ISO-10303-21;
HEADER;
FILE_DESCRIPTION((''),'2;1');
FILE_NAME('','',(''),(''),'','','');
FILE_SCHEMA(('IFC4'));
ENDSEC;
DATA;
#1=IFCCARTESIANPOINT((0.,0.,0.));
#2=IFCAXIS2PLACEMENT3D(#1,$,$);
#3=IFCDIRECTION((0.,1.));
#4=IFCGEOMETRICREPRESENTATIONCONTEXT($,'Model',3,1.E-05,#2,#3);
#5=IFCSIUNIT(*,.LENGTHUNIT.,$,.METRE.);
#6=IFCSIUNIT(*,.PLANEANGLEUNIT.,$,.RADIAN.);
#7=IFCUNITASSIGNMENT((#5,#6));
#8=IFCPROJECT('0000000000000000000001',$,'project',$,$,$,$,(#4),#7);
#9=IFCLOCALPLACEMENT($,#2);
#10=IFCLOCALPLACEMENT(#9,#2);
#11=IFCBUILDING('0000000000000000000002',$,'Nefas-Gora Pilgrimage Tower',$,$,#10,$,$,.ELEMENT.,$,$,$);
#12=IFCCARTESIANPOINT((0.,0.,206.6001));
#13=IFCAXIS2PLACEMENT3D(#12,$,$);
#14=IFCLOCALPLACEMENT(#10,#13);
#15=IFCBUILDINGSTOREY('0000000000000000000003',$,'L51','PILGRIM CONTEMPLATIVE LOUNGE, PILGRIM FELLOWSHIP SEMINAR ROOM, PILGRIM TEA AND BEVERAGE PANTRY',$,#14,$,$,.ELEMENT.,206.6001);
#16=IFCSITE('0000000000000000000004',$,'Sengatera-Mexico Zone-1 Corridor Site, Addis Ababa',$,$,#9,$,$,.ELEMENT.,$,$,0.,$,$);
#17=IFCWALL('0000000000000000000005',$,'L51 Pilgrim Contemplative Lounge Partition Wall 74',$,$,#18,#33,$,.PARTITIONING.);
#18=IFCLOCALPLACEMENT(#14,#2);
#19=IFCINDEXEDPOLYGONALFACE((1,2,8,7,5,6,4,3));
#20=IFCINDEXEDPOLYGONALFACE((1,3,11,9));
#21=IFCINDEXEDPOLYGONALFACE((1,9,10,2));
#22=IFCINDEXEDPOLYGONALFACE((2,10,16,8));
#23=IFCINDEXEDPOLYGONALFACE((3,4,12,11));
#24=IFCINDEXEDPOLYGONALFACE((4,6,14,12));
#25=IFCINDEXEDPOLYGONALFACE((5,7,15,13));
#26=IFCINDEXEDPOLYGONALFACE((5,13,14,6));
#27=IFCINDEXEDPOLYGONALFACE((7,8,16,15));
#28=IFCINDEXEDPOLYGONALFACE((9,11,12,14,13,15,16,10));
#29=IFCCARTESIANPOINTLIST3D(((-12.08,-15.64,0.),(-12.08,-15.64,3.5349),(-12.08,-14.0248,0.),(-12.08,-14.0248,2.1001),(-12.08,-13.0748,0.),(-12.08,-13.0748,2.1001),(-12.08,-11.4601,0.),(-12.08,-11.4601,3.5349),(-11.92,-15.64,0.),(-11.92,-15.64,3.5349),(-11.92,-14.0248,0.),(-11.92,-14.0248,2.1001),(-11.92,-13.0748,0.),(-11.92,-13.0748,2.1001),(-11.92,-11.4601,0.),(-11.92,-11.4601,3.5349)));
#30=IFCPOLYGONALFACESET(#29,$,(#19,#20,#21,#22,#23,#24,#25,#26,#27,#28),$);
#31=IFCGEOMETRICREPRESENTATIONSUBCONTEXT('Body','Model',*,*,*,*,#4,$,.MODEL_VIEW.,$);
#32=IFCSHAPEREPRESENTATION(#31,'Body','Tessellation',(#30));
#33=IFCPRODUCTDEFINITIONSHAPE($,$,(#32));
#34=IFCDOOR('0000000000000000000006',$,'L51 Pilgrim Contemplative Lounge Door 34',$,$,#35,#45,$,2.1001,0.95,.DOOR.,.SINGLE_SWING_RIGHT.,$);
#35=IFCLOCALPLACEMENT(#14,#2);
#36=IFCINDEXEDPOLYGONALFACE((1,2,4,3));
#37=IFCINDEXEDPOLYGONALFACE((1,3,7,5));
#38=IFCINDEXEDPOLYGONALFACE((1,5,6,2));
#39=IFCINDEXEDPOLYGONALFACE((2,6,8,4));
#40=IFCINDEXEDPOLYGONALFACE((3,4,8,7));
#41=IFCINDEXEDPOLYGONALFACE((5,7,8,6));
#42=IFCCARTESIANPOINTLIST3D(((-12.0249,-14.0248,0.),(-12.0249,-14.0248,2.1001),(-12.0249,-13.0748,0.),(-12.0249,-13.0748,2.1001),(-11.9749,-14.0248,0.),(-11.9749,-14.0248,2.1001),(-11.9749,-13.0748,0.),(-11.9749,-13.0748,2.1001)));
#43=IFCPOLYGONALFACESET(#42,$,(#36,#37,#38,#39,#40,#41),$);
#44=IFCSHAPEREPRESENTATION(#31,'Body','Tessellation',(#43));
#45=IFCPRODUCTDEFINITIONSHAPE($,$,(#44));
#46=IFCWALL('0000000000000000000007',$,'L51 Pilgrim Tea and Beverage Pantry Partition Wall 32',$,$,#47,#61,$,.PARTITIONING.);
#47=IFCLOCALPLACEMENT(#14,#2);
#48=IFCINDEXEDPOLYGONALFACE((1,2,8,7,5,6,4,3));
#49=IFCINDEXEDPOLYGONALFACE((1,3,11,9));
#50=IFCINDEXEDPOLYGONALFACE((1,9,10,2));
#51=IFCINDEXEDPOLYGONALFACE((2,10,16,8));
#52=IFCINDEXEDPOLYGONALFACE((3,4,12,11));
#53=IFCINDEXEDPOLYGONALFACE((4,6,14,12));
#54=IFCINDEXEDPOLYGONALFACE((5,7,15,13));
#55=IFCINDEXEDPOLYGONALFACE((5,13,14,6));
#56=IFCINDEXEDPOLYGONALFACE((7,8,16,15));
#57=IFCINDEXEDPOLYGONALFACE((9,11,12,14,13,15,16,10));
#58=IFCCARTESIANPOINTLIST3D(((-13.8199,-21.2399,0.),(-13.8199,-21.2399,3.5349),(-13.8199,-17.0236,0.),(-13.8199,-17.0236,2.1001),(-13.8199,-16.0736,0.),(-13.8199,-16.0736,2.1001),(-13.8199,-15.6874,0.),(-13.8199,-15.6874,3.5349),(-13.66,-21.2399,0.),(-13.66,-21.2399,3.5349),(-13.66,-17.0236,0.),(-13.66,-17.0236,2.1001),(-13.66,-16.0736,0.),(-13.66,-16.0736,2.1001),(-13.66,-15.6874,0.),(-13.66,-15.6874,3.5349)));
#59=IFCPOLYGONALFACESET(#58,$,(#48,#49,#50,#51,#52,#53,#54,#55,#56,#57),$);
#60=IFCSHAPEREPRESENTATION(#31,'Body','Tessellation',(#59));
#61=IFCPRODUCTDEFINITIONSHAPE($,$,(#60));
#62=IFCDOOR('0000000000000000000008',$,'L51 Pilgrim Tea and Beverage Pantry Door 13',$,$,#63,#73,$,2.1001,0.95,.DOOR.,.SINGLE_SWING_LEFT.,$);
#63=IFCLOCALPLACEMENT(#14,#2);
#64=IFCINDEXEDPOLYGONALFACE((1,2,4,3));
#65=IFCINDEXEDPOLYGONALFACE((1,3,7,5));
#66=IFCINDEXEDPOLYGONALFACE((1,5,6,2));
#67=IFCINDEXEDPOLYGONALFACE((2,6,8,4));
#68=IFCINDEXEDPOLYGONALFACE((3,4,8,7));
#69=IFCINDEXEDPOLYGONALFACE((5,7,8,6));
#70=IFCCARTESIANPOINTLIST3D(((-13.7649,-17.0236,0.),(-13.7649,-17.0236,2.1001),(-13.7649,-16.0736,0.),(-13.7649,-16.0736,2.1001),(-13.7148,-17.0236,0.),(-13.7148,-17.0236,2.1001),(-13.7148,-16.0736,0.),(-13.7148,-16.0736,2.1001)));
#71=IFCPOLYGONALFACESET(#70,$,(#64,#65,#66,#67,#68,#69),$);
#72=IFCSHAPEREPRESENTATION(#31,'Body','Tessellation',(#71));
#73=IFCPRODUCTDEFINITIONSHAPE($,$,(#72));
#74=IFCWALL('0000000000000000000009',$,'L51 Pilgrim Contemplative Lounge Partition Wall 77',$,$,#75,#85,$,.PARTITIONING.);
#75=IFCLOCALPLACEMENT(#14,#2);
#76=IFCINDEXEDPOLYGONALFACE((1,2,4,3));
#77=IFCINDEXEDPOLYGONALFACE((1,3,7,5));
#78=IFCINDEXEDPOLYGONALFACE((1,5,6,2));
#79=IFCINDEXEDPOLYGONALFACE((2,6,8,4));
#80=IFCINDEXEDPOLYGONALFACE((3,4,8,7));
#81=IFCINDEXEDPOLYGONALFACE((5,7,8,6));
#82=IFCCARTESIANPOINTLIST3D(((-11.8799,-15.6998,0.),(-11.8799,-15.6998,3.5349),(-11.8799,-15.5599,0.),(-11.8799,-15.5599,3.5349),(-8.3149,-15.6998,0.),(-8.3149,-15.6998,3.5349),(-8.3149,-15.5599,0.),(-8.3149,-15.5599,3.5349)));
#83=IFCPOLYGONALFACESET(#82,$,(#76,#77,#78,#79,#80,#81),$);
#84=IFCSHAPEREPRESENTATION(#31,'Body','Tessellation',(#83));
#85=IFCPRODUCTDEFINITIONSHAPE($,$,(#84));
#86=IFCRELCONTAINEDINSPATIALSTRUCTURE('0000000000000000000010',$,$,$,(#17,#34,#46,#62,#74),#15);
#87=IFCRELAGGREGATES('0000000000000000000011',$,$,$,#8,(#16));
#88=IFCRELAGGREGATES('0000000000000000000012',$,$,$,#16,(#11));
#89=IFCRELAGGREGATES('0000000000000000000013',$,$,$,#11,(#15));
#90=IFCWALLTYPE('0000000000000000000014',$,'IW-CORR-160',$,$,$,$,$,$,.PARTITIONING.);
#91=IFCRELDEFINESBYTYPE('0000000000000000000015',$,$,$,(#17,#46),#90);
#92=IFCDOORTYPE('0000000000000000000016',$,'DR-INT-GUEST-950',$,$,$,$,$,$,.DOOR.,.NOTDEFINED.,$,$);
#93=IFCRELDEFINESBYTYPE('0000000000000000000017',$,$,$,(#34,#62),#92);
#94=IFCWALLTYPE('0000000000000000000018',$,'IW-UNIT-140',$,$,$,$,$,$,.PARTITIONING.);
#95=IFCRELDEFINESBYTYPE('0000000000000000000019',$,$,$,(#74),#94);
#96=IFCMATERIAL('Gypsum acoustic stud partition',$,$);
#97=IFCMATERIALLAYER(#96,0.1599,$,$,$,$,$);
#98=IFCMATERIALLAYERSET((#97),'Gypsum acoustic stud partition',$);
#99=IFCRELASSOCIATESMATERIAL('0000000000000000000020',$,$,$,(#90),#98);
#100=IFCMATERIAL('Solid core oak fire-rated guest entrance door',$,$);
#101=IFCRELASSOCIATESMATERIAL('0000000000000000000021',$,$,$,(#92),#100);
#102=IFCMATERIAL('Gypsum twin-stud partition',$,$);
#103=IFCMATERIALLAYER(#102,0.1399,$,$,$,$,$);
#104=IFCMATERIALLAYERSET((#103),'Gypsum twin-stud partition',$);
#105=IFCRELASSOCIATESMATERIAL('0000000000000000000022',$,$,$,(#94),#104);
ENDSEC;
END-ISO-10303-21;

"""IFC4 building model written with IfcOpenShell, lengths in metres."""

from ifc_helpers import new_model, si_unit, direction, frame, frame_2d, origin, place, context, subcontext, project, spatial, rectangle, extrude, source, transform, mapped, material, layer, layer_set, type_object, element, fill, save


model = new_model("IFC4")

# Units and contexts
model_context = context("Model", 3, precision=1e-05, world=origin(), true_north=direction((0.0, 1.0)))
body_context = subcontext(model_context, "Body", "Model", "MODEL_VIEW")
ifc_project = project(units=[si_unit("LENGTHUNIT", "METRE"), si_unit("PLANEANGLEUNIT", "RADIAN")], contexts=[model_context])

# Site, building, storey
site_placement = place(None, origin())
site = spatial("IfcSite", under=ifc_project, at=site_placement, Name="Sengatera-Mexico Zone-1 Corridor Site, Addis Ababa", CompositionType="ELEMENT", RefElevation=0.0)
building_placement = place(site_placement, origin())
building = spatial("IfcBuilding", under=site, at=building_placement, Name="Nefas-Gora Pilgrimage Tower", CompositionType="ELEMENT")
storey_placement = place(building_placement, frame((0.0, 0.0, 206.6001)))
storey = spatial("IfcBuildingStorey", under=building, at=storey_placement, Name="L51", Description="PILGRIM CONTEMPLATIVE LOUNGE, PILGRIM FELLOWSHIP SEMINAR ROOM, PILGRIM TEA AND BEVERAGE PANTRY", CompositionType="ELEMENT", Elevation=206.6001)

# Shared definitions
ifc_material_1 = material(Name="Gypsum acoustic stud partition")
ifc_layer_1 = layer(ifc_material_1, 0.1599)
ifc_layer_set_1 = layer_set([ifc_layer_1], Name="Gypsum acoustic stud partition")
wall_type_1 = type_object("IfcWallType", Name="IW-CORR-160", PredefinedType="PARTITIONING", material=ifc_layer_set_1)
ifc_material_2 = material(Name="Solid core oak fire-rated guest entrance door")
door_type = type_object("IfcDoorType", Name="DR-INT-GUEST-950", OperationType="NOTDEFINED", PredefinedType="DOOR", material=ifc_material_2)
shared_shape_1 = source(origin(), body_context, "Body", "SweptSolid", [
    extrude(rectangle(XDim=0.95, YDim=2.1001, at=frame_2d((0.4751, 1.05))), frame((0.0, 0.0249, 0.0), z_axis=(0.0, -1.0, 0.0), x_axis=(1.0, 0.0, 0.0)), (0.0, 0.0, 1.0), 0.05),
])

# Shared definitions
ifc_material_3 = material(Name="Gypsum twin-stud partition")
ifc_layer_2 = layer(ifc_material_3, 0.1399)
ifc_layer_set_2 = layer_set([ifc_layer_2], Name="Gypsum twin-stud partition")
wall_type_2 = type_object("IfcWallType", Name="IW-UNIT-140", PredefinedType="PARTITIONING", material=ifc_layer_set_2)

# Walls, openings, doors
shared_shape_2 = source(origin(), body_context, "Body", "SweptSolid", [
    extrude(rectangle(XDim=4.1799, YDim=0.1599, at=frame_2d((2.0898, 0.0))), origin(), (0.0, 0.0, 1.0), 3.5349),
])
wall_1_placement = place(storey_placement, frame((-12.0, -15.6399, 0.0), z_axis=(0.0, 0.0, 1.0), x_axis=(0.0, 1.0, 0.0)))
wall_1 = element("IfcWall", 1, at=wall_1_placement, inside=storey, type_object=wall_type_1, Name="L51 Pilgrim Contemplative Lounge Partition Wall 74", PredefinedType="PARTITIONING", context=body_context, shape_type="MappedRepresentation", body=[
    mapped(shared_shape_2, transform((0.0, 0.0, 0.0), x_axis=(1.0, 0.0, 0.0), y_axis=(0.0, 1.0, 0.0), z_axis=(0.0, 0.0, 1.0), scale=1.0)),
])
opening_1_placement = place(wall_1_placement, frame((1.615, 0.0, 0.0)))
opening_1 = element("IfcOpeningElement", 2, at=opening_1_placement, cuts=wall_1, PredefinedType="OPENING", context=body_context, shape_type="SweptSolid", body=[
    extrude(rectangle(XDim=0.95, YDim=2.1001, at=frame_2d((0.4751, 1.05))), frame((0.0, 0.0898, 0.0), z_axis=(0.0, -1.0, 0.0), x_axis=(1.0, 0.0, 0.0)), (0.0, 0.0, 1.0), 0.1799),
])
door_1_placement = place(opening_1_placement, origin())
door_1 = element("IfcDoor", 3, at=door_1_placement, inside=storey, type_object=door_type, Name="L51 Pilgrim Contemplative Lounge Door 34", OperationType="SINGLE_SWING_RIGHT", OverallHeight=2.1001, OverallWidth=0.95, PredefinedType="DOOR", context=body_context, shape_type="MappedRepresentation", body=[
    mapped(shared_shape_1, transform((0.0, 0.0, 0.0), x_axis=(1.0, 0.0, 0.0), y_axis=(0.0, 1.0, 0.0), z_axis=(0.0, 0.0, 1.0), scale=1.0)),
])
fill(opening_1, door_1)
shared_shape_3 = source(origin(), body_context, "Body", "SweptSolid", [
    extrude(rectangle(XDim=5.5525, YDim=0.1599, at=frame_2d((2.7764, 0.0))), origin(), (0.0, 0.0, 1.0), 3.5349),
])
wall_2_placement = place(storey_placement, frame((-13.74, -21.24, 0.0), z_axis=(0.0, 0.0, 1.0), x_axis=(0.0, 1.0, 0.0)))
wall_2 = element("IfcWall", 4, at=wall_2_placement, inside=storey, type_object=wall_type_1, Name="L51 Pilgrim Tea and Beverage Pantry Partition Wall 32", PredefinedType="PARTITIONING", context=body_context, shape_type="MappedRepresentation", body=[
    mapped(shared_shape_3, transform((0.0, 0.0, 0.0), x_axis=(1.0, 0.0, 0.0), y_axis=(0.0, 1.0, 0.0), z_axis=(0.0, 0.0, 1.0), scale=1.0)),
])
opening_2_placement = place(wall_2_placement, frame((4.2163, 0.0, 0.0)))
opening_2 = element("IfcOpeningElement", 5, at=opening_2_placement, cuts=wall_2, PredefinedType="OPENING", context=body_context, shape_type="SweptSolid", body=[
    extrude(rectangle(XDim=0.95, YDim=2.1001, at=frame_2d((0.4751, 1.05))), frame((0.0, 0.0898, 0.0), z_axis=(0.0, -1.0, 0.0), x_axis=(1.0, 0.0, 0.0)), (0.0, 0.0, 1.0), 0.1799),
])
door_2_placement = place(opening_2_placement, origin())
door_2 = element("IfcDoor", 6, at=door_2_placement, inside=storey, type_object=door_type, Name="L51 Pilgrim Tea and Beverage Pantry Door 13", OperationType="SINGLE_SWING_LEFT", OverallHeight=2.1001, OverallWidth=0.95, PredefinedType="DOOR", context=body_context, shape_type="MappedRepresentation", body=[
    mapped(shared_shape_1, transform((0.0, 0.0, 0.0), x_axis=(1.0, 0.0, 0.0), y_axis=(0.0, 1.0, 0.0), z_axis=(0.0, 0.0, 1.0), scale=1.0)),
])
fill(opening_2, door_2)

# Wall
shared_shape_4 = source(origin(), body_context, "Body", "SweptSolid", [
    extrude(rectangle(XDim=3.5649, YDim=0.1399, at=frame_2d((1.7825, 0.0))), origin(), (0.0, 0.0, 1.0), 3.5349),
])
wall_3_placement = place(storey_placement, frame((-11.8799, -15.6299, 0.0), z_axis=(0.0, 0.0, 1.0), x_axis=(1.0, 0.0, 0.0)))
element("IfcWall", 7, at=wall_3_placement, inside=storey, type_object=wall_type_2, Name="L51 Pilgrim Contemplative Lounge Partition Wall 77", PredefinedType="PARTITIONING", context=body_context, shape_type="MappedRepresentation", body=[
    mapped(shared_shape_4, transform((0.0, 0.0, 0.0), x_axis=(1.0, 0.0, 0.0), y_axis=(0.0, 1.0, 0.0), z_axis=(0.0, 0.0, 1.0), scale=1.0)),
])

save(model, "model.ifc")
